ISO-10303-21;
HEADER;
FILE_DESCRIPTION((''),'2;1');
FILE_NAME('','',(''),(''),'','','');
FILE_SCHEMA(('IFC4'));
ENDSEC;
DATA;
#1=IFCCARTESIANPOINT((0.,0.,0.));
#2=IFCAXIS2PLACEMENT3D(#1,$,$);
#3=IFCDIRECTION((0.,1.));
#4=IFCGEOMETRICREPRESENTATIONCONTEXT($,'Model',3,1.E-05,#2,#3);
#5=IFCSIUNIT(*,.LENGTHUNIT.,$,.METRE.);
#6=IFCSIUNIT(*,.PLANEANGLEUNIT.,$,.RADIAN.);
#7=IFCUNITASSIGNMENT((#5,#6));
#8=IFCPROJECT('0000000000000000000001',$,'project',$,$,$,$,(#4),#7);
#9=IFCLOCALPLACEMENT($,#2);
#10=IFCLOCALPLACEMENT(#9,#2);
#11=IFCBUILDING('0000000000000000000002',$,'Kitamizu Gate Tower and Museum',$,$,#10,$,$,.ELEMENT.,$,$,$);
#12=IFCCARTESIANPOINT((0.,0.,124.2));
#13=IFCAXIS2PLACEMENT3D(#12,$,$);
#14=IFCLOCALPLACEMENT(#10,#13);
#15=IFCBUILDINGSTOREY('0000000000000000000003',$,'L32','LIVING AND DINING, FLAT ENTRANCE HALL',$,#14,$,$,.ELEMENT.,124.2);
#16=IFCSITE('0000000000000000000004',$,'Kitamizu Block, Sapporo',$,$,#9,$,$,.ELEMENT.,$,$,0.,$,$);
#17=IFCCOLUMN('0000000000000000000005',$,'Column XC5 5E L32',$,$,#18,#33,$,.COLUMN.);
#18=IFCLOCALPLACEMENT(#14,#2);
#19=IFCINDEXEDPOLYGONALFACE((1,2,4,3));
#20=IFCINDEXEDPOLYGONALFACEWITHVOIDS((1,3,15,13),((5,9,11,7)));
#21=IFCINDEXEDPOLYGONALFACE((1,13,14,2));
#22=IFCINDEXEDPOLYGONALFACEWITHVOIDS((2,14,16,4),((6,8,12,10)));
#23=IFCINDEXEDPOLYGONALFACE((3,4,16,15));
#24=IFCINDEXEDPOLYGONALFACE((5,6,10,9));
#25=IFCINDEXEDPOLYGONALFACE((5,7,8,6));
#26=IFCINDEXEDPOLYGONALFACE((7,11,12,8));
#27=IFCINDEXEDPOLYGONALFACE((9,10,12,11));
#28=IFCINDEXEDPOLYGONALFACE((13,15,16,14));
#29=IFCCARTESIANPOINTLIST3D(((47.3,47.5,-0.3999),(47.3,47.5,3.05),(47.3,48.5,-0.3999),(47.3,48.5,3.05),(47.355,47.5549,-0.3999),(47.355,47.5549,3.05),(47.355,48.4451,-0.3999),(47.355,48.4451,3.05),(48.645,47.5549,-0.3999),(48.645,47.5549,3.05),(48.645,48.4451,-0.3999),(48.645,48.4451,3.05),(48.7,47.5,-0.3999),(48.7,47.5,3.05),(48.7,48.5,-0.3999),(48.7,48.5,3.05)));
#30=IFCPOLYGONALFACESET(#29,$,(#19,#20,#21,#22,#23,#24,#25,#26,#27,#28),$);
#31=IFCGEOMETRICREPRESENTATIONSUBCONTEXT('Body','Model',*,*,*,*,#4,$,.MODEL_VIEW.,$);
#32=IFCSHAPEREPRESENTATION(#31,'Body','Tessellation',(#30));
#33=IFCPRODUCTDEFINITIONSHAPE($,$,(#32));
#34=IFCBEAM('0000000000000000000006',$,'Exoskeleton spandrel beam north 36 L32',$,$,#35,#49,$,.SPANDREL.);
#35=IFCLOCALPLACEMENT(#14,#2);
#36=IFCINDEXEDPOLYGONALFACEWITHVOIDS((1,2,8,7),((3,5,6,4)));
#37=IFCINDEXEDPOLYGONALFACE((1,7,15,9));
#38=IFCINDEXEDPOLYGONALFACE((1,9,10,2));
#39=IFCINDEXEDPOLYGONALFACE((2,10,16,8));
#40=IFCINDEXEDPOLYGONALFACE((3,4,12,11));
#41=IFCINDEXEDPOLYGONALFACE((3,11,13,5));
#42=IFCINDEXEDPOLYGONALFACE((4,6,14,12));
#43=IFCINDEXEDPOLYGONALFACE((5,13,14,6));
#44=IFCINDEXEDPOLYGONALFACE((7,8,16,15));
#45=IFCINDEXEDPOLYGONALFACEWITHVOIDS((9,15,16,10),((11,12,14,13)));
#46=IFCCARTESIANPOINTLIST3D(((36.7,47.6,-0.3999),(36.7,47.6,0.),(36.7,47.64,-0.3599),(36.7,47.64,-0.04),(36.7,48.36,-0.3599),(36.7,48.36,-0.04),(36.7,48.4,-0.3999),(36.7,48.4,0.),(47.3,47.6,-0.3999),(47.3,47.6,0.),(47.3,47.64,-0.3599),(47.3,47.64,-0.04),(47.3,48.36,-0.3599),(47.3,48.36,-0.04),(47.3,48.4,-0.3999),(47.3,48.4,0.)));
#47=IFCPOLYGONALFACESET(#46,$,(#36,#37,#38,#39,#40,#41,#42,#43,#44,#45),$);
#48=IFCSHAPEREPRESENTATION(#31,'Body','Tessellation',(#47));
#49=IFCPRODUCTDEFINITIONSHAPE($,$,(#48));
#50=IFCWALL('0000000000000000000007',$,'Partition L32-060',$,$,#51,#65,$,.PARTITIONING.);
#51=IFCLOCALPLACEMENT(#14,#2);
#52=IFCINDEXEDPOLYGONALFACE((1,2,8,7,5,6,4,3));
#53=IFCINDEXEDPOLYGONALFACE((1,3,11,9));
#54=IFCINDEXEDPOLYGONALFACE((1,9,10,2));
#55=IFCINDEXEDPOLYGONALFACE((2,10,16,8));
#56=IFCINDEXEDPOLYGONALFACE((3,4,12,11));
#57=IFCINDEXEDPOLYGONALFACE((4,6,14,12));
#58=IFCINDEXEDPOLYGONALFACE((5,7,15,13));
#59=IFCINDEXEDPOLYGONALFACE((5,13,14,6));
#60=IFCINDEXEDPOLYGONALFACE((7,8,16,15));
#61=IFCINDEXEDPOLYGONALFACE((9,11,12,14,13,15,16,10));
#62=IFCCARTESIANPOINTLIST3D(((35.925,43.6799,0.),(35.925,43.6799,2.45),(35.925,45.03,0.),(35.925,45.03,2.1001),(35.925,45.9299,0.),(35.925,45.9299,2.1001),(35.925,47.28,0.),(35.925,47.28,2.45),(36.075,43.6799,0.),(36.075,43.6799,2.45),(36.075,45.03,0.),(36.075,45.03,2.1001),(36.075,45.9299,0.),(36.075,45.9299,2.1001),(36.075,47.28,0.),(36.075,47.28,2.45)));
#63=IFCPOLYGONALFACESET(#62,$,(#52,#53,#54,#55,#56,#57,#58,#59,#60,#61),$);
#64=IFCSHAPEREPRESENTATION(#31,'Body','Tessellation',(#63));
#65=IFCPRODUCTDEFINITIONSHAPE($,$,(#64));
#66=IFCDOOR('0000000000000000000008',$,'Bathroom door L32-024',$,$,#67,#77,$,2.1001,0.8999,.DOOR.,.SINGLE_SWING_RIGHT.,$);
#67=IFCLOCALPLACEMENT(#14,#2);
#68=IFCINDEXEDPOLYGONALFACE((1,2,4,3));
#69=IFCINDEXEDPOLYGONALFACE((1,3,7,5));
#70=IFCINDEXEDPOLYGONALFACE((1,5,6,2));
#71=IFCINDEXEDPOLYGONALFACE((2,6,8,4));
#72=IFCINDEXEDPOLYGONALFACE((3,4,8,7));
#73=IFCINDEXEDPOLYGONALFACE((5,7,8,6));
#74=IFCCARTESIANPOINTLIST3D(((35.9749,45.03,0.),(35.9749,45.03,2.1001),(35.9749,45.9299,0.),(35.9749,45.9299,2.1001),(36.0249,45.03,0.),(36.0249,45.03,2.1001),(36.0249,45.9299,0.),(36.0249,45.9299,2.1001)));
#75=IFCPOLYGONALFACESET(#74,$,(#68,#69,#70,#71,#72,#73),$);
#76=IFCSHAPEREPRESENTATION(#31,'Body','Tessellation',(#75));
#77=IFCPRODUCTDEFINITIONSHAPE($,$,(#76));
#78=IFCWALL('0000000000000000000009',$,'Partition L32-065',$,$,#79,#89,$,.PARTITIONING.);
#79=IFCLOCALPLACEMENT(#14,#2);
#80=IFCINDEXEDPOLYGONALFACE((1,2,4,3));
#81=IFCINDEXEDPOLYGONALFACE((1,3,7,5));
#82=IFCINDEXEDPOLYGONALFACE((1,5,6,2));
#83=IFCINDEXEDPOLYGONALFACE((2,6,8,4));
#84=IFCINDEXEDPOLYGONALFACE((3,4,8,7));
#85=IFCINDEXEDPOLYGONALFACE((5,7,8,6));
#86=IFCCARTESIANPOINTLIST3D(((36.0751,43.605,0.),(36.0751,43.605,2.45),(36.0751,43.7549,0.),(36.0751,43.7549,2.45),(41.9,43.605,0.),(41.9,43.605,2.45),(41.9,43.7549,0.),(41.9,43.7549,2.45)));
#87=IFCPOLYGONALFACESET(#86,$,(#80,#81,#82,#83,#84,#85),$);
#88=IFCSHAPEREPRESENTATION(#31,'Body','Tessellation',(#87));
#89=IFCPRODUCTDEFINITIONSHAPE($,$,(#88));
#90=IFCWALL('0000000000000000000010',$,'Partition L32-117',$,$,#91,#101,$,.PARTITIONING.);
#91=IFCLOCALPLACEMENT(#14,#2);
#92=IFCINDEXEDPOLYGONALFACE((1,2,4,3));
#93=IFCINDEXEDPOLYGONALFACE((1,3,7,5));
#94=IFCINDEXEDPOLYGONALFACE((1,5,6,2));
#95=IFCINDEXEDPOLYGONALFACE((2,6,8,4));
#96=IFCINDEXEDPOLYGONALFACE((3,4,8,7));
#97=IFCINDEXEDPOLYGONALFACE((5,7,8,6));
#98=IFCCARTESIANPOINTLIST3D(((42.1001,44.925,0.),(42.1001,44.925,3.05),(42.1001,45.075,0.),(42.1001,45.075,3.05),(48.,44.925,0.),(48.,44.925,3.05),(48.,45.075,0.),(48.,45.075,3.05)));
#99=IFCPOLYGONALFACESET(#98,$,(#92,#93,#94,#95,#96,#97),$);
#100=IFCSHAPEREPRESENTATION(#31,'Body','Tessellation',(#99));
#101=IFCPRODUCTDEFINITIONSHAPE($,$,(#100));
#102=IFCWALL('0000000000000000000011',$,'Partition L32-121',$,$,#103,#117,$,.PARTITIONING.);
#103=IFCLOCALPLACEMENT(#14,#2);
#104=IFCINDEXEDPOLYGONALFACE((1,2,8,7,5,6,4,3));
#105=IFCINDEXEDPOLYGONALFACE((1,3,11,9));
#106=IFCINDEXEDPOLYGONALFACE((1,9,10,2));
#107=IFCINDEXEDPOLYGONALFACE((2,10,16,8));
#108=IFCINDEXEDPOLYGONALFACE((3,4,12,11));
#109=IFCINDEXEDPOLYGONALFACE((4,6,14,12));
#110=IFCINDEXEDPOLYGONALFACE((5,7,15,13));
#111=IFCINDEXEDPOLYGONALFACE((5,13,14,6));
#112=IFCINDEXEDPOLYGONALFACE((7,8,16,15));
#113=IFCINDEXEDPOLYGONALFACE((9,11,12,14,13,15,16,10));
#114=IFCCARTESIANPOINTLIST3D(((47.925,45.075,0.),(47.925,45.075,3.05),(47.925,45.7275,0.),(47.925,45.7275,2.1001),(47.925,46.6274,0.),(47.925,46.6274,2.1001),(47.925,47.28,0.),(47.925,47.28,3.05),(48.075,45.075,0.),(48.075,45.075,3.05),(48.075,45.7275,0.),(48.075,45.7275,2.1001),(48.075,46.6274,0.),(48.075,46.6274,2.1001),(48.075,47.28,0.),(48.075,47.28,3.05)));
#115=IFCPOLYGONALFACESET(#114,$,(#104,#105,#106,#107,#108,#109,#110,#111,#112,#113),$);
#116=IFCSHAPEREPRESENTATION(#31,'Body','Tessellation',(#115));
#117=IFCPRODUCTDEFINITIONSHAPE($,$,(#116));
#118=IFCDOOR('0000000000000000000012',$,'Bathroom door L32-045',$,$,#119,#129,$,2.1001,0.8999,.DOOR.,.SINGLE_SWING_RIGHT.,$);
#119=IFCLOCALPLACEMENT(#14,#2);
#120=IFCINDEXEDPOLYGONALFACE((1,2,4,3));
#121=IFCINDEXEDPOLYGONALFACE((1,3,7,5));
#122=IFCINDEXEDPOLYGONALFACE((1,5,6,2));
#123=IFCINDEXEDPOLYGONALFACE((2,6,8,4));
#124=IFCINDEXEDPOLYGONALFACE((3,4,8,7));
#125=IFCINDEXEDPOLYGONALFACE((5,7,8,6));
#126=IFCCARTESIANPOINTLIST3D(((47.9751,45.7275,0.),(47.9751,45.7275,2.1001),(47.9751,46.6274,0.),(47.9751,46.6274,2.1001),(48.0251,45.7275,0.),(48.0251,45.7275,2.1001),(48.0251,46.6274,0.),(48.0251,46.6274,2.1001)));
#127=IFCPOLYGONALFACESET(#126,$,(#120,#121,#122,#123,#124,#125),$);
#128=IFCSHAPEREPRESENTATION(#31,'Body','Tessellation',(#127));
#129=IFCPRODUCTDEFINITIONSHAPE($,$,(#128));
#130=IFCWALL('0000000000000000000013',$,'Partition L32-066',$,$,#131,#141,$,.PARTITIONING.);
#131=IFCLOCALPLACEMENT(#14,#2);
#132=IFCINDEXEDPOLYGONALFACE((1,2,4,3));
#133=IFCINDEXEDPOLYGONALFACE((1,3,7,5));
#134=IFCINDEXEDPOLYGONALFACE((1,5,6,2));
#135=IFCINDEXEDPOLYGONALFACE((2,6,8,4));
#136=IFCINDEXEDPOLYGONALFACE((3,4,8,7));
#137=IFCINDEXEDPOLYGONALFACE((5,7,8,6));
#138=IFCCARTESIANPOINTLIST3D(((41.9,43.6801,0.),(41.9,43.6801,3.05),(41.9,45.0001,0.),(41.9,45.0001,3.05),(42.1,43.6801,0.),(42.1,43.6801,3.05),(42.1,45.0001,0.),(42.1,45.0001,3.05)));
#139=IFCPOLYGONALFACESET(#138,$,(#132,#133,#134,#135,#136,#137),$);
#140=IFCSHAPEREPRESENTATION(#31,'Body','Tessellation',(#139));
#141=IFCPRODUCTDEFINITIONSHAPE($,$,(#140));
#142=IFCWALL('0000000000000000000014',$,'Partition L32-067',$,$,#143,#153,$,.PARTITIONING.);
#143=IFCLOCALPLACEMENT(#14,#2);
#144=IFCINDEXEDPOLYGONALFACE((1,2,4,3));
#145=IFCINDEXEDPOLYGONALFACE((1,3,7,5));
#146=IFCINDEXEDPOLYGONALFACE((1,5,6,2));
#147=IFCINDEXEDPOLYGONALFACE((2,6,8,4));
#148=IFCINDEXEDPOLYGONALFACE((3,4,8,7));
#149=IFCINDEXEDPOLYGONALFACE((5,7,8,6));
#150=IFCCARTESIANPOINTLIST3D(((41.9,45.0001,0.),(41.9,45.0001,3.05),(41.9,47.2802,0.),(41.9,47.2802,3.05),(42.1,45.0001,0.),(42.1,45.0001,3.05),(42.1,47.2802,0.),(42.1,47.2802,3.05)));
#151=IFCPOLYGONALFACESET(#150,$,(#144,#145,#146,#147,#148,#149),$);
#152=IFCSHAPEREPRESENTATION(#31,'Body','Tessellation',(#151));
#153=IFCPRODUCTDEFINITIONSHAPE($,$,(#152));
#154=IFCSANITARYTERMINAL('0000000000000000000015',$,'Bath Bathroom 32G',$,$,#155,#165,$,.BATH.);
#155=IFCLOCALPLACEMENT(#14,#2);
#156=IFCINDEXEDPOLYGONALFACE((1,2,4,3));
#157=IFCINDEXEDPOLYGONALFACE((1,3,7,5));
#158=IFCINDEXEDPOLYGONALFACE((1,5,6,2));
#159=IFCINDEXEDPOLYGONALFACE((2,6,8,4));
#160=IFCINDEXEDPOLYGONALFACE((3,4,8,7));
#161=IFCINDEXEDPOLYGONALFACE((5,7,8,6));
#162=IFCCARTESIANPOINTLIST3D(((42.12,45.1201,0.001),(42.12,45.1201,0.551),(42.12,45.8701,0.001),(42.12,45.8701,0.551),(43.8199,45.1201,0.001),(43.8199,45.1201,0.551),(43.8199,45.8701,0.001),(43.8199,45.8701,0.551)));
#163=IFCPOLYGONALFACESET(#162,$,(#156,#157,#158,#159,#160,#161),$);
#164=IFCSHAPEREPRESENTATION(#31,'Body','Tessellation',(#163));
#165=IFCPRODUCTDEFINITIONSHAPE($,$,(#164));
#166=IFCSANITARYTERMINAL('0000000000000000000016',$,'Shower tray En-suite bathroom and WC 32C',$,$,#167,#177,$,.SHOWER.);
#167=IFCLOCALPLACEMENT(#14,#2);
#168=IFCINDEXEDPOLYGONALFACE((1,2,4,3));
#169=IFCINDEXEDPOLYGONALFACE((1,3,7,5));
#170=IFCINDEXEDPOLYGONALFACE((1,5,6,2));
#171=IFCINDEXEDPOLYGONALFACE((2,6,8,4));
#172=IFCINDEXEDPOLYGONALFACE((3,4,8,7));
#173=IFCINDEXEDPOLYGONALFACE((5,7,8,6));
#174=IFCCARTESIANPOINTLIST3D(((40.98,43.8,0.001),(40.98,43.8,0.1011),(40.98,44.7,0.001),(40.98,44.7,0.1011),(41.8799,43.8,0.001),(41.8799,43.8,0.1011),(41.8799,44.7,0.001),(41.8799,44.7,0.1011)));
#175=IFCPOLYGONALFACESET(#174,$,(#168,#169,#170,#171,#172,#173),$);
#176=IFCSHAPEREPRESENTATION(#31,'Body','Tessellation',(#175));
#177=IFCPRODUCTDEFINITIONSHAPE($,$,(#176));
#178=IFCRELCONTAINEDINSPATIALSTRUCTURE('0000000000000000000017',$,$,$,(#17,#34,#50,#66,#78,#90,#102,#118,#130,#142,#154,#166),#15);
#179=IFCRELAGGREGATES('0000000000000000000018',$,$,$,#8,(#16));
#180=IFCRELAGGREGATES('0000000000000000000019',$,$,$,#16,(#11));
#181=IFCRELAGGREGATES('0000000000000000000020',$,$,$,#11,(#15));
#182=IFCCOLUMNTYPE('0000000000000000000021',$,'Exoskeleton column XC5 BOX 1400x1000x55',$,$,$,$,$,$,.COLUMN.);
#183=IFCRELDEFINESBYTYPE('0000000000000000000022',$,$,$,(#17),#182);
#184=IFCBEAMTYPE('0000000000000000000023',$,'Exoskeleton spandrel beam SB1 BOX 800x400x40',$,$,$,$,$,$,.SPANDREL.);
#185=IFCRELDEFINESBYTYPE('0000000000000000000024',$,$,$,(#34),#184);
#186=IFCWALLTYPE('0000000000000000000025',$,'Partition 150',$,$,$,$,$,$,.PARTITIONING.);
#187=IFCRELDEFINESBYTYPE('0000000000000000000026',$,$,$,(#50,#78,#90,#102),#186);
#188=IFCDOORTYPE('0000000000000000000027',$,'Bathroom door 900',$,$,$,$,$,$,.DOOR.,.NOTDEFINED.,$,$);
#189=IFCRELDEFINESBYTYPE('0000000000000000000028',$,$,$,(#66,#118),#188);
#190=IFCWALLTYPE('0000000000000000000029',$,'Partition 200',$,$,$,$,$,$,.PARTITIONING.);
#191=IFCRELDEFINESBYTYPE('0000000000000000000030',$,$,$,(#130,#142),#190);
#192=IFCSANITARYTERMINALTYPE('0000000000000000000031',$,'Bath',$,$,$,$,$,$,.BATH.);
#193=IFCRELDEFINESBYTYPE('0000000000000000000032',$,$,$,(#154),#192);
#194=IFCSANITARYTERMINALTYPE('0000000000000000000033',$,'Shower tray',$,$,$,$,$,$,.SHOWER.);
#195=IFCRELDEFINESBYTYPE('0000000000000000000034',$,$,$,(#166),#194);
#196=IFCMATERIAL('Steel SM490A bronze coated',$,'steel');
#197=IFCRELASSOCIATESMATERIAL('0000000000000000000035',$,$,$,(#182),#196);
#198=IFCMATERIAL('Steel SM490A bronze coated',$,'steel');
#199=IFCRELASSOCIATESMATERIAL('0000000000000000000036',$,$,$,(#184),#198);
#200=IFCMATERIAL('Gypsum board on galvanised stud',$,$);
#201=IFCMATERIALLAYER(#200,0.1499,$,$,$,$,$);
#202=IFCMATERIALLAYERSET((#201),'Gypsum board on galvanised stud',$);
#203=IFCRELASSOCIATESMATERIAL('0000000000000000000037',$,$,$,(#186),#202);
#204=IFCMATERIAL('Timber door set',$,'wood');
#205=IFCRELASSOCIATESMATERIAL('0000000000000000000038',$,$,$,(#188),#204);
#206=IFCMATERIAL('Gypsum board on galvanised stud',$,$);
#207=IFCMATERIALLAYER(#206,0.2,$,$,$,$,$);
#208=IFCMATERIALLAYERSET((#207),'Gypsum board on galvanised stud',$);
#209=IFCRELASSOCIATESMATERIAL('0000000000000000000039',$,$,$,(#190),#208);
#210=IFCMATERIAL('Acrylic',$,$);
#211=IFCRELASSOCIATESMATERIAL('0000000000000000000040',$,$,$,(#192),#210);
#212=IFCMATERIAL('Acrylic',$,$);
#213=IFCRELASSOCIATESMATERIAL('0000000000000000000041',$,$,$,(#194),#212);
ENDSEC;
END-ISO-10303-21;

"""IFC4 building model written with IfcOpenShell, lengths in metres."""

from ifc_helpers import new_model, si_unit, direction, frame, frame_2d, origin, origin_2d, place, context, subcontext, project, spatial, rectangle, hollow_rectangle, extrude, material, layer, layer_set, material_profile, profile_set, type_object, element, fill, save


model = new_model("IFC4")

# Units and contexts
model_context = context("Model", 3, precision=1e-05, world=origin(), true_north=direction((0.0, 1.0)))
body_context = subcontext(model_context, "Body", "Model", "MODEL_VIEW")
ifc_project = project(units=[si_unit("LENGTHUNIT", "METRE"), si_unit("PLANEANGLEUNIT", "RADIAN")], contexts=[model_context])

# Site, building, storey
site_placement = place(None, origin())
site = spatial("IfcSite", under=ifc_project, at=site_placement, Name="Kitamizu Block, Sapporo", CompositionType="ELEMENT", RefElevation=0.0)
building_placement = place(site_placement, origin())
building = spatial("IfcBuilding", under=site, at=building_placement, Name="Kitamizu Gate Tower and Museum", CompositionType="ELEMENT")
storey_placement = place(building_placement, frame((0.0, 0.0, 124.2)))
storey = spatial("IfcBuildingStorey", under=building, at=storey_placement, Name="L32", Description="LIVING AND DINING, FLAT ENTRANCE HALL", CompositionType="ELEMENT", Elevation=124.2)

# Column
ifc_material_1 = material(Name="Steel SM490A bronze coated", Category="steel")
ifc_material_profile_1 = material_profile(ifc_material_1, hollow_rectangle(XDim=1.3999, YDim=1.0, WallThickness=0.0549, at=origin_2d()), Name="BOX 1400x1000x55")
ifc_profile_set_1 = profile_set([ifc_material_profile_1], Name="Steel SM490A bronze coated")
column_type = type_object("IfcColumnType", Name="Exoskeleton column XC5 BOX 1400x1000x55", PredefinedType="COLUMN", material=ifc_profile_set_1)
column_placement = place(storey_placement, frame((48.0, 48.0, -0.3999), z_axis=(0.0, 0.0, 1.0), x_axis=(1.0, 0.0, 0.0)))
element("IfcColumn", 1, at=column_placement, inside=storey, type_object=column_type, Name="Column XC5 5E L32", PredefinedType="COLUMN", context=body_context, shape_type="SweptSolid", body=[
    extrude(hollow_rectangle(XDim=1.3999, YDim=1.0, WallThickness=0.0549, at=origin_2d()), origin(), (0.0, 0.0, 1.0), 3.45),
])

# Beam
ifc_material_2 = material(Name="Steel SM490A bronze coated", Category="steel")
ifc_material_profile_2 = material_profile(ifc_material_2, hollow_rectangle(XDim=0.8, YDim=0.3999, WallThickness=0.04, at=origin_2d()), Name="BOX 800x400x40")
ifc_profile_set_2 = profile_set([ifc_material_profile_2], Name="Steel SM490A bronze coated")
beam_type = type_object("IfcBeamType", Name="Exoskeleton spandrel beam SB1 BOX 800x400x40", PredefinedType="SPANDREL", material=ifc_profile_set_2)
beam_placement = place(storey_placement, frame((36.7, 48.0, -0.2), z_axis=(1.0, 0.0, 0.0), x_axis=(0.0, 1.0, 0.0)))
element("IfcBeam", 2, at=beam_placement, inside=storey, type_object=beam_type, Name="Exoskeleton spandrel beam north 36 L32", PredefinedType="SPANDREL", context=body_context, shape_type="SweptSolid", body=[
    extrude(hollow_rectangle(XDim=0.8, YDim=0.3999, WallThickness=0.04, at=origin_2d()), origin(), (0.0, 0.0, 1.0), 10.6001),
])

# Wall, opening, door
ifc_material_3 = material(Name="Gypsum board on galvanised stud")
ifc_layer_1 = layer(ifc_material_3, 0.1499)
ifc_layer_set_1 = layer_set([ifc_layer_1], Name="Gypsum board on galvanised stud")
wall_type_1 = type_object("IfcWallType", Name="Partition 150", PredefinedType="PARTITIONING", material=ifc_layer_set_1)
wall_1_placement = place(storey_placement, frame((36.0, 43.6799, 0.0), z_axis=(0.0, 0.0, 1.0), x_axis=(0.0, 1.0, 0.0)))
wall_1 = element("IfcWall", 3, at=wall_1_placement, inside=storey, type_object=wall_type_1, Name="Partition L32-060", PredefinedType="PARTITIONING", context=body_context, shape_type="SweptSolid", body=[
    extrude(rectangle(XDim=3.6001, YDim=0.1499, at=frame_2d((1.8, 0.0))), origin(), (0.0, 0.0, 1.0), 2.45),
])
opening_1_placement = place(wall_1_placement, frame((1.3501, 0.0, 0.0)))
opening_1 = element("IfcOpeningElement", 4, at=opening_1_placement, cuts=wall_1, PredefinedType="OPENING", context=body_context, shape_type="SweptSolid", body=[
    extrude(rectangle(XDim=0.8999, YDim=2.1001, at=frame_2d((0.45, 1.05))), frame((0.0, 0.085, 0.0), z_axis=(0.0, -1.0, 0.0), x_axis=(1.0, 0.0, 0.0)), (0.0, 0.0, 1.0), 0.1699),
])
ifc_material_4 = material(Name="Timber door set", Category="wood")
door_type = type_object("IfcDoorType", Name="Bathroom door 900", OperationType="NOTDEFINED", PredefinedType="DOOR", material=ifc_material_4)
door_1_placement = place(opening_1_placement, frame((0.8999, 0.0, 0.0), x_axis=(-1.0, 0.0, 0.0)))
door_1 = element("IfcDoor", 5, at=door_1_placement, inside=storey, type_object=door_type, Name="Bathroom door L32-024", OperationType="SINGLE_SWING_RIGHT", OverallHeight=2.1001, OverallWidth=0.8999, PredefinedType="DOOR", context=body_context, shape_type="SweptSolid", body=[
    extrude(rectangle(XDim=0.8999, YDim=2.1001, at=frame_2d((0.45, 1.05))), frame((0.0, 0.0249, 0.0), z_axis=(0.0, -1.0, 0.0), x_axis=(1.0, 0.0, 0.0)), (0.0, 0.0, 1.0), 0.05),
])
fill(opening_1, door_1)

# Walls
wall_2_placement = place(storey_placement, frame((36.075, 43.6799, 0.0), z_axis=(0.0, 0.0, 1.0), x_axis=(1.0, 0.0, 0.0)))
element("IfcWall", 6, at=wall_2_placement, inside=storey, type_object=wall_type_1, Name="Partition L32-065", PredefinedType="PARTITIONING", context=body_context, shape_type="SweptSolid", body=[
    extrude(rectangle(XDim=5.825, YDim=0.1499, at=frame_2d((2.9126, 0.0))), origin(), (0.0, 0.0, 1.0), 2.45),
])
wall_3_placement = place(storey_placement, frame((48.0, 45.0, 0.0), z_axis=(0.0, 0.0, 1.0), x_axis=(-1.0, 0.0, 0.0)))
element("IfcWall", 7, at=wall_3_placement, inside=storey, type_object=wall_type_1, Name="Partition L32-117", PredefinedType="PARTITIONING", context=body_context, shape_type="SweptSolid", body=[
    extrude(rectangle(XDim=5.8999, YDim=0.1499, at=frame_2d((2.95, 0.0))), origin(), (0.0, 0.0, 1.0), 3.05),
])

# Wall, opening, door
wall_4_placement = place(storey_placement, frame((48.0, 45.075, 0.0), z_axis=(0.0, 0.0, 1.0), x_axis=(0.0, 1.0, 0.0)))
wall_4 = element("IfcWall", 8, at=wall_4_placement, inside=storey, type_object=wall_type_1, Name="Partition L32-121", PredefinedType="PARTITIONING", context=body_context, shape_type="SweptSolid", body=[
    extrude(rectangle(XDim=2.2051, YDim=0.1499, at=frame_2d((1.1025, 0.0))), origin(), (0.0, 0.0, 1.0), 3.05),
])
opening_2_placement = place(wall_4_placement, frame((0.6526, 0.0, 0.0)))
opening_2 = element("IfcOpeningElement", 9, at=opening_2_placement, cuts=wall_4, PredefinedType="OPENING", context=body_context, shape_type="SweptSolid", body=[
    extrude(rectangle(XDim=0.8999, YDim=2.1001, at=frame_2d((0.45, 1.05))), frame((0.0, 0.085, 0.0), z_axis=(0.0, -1.0, 0.0), x_axis=(1.0, 0.0, 0.0)), (0.0, 0.0, 1.0), 0.1699),
])
door_2_placement = place(opening_2_placement, origin())
door_2 = element("IfcDoor", 10, at=door_2_placement, inside=storey, type_object=door_type, Name="Bathroom door L32-045", OperationType="SINGLE_SWING_RIGHT", OverallHeight=2.1001, OverallWidth=0.8999, PredefinedType="DOOR", context=body_context, shape_type="SweptSolid", body=[
    extrude(rectangle(XDim=0.8999, YDim=2.1001, at=frame_2d((0.45, 1.05))), frame((0.0, 0.0249, 0.0), z_axis=(0.0, -1.0, 0.0), x_axis=(1.0, 0.0, 0.0)), (0.0, 0.0, 1.0), 0.05),
])
fill(opening_2, door_2)

# Walls
ifc_material_5 = material(Name="Gypsum board on galvanised stud")
ifc_layer_2 = layer(ifc_material_5, 0.2)
ifc_layer_set_2 = layer_set([ifc_layer_2], Name="Gypsum board on galvanised stud")
wall_type_2 = type_object("IfcWallType", Name="Partition 200", PredefinedType="PARTITIONING", material=ifc_layer_set_2)
wall_5_placement = place(storey_placement, frame((42.0, 43.6799, 0.0), z_axis=(0.0, 0.0, 1.0), x_axis=(0.0, 1.0, 0.0)))
element("IfcWall", 11, at=wall_5_placement, inside=storey, type_object=wall_type_2, Name="Partition L32-066", PredefinedType="PARTITIONING", context=body_context, shape_type="SweptSolid", body=[
    extrude(rectangle(XDim=1.3201, YDim=0.2, at=frame_2d((0.6602, 0.0))), origin(), (0.0, 0.0, 1.0), 3.05),
])
wall_6_placement = place(storey_placement, frame((42.0, 45.0, 0.0), z_axis=(0.0, 0.0, 1.0), x_axis=(0.0, 1.0, 0.0)))
element("IfcWall", 12, at=wall_6_placement, inside=storey, type_object=wall_type_2, Name="Partition L32-067", PredefinedType="PARTITIONING", context=body_context, shape_type="SweptSolid", body=[
    extrude(rectangle(XDim=2.28, YDim=0.2, at=frame_2d((1.1401, 0.0))), origin(), (0.0, 0.0, 1.0), 3.05),
])

# Sanitary terminals
ifc_material_6 = material(Name="Acrylic")
sanitary_terminal_type_1 = type_object("IfcSanitaryTerminalType", Name="Bath", PredefinedType="BATH", material=ifc_material_6)
sanitary_terminal_placement = place(storey_placement, frame((42.97, 45.4951, 0.001), z_axis=(0.0, 0.0, 1.0), x_axis=(1.0, 0.0, 0.0)))
element("IfcSanitaryTerminal", 13, at=sanitary_terminal_placement, inside=storey, type_object=sanitary_terminal_type_1, Name="Bath Bathroom 32G", PredefinedType="BATH", context=body_context, shape_type="SweptSolid", body=[
    extrude(rectangle(XDim=1.7, YDim=0.75, at=origin_2d()), origin(), (0.0, 0.0, 1.0), 0.55),
])
ifc_material_7 = material(Name="Acrylic")
sanitary_terminal_type_2 = type_object("IfcSanitaryTerminalType", Name="Shower tray", PredefinedType="SHOWER", material=ifc_material_7)
for number, where, z_axis, x_axis, name in (
    (14, (41.4299, 44.25, 0.001), (0.0, 0.0, 1.0), (1.0, 0.0, 0.0), "Shower tray En-suite bathroom and WC 32C"),
):
    element("IfcSanitaryTerminal", number, at=place(storey_placement, frame(where, z_axis=z_axis, x_axis=x_axis)), inside=storey, type_object=sanitary_terminal_type_2, Name=name, PredefinedType="SHOWER", context=body_context, shape_type="SweptSolid", body=[
        extrude(rectangle(XDim=0.8999, YDim=0.8999, at=origin_2d()), origin(), (0.0, 0.0, 1.0), 0.1001),
    ])

save(model, "model.ifc")
